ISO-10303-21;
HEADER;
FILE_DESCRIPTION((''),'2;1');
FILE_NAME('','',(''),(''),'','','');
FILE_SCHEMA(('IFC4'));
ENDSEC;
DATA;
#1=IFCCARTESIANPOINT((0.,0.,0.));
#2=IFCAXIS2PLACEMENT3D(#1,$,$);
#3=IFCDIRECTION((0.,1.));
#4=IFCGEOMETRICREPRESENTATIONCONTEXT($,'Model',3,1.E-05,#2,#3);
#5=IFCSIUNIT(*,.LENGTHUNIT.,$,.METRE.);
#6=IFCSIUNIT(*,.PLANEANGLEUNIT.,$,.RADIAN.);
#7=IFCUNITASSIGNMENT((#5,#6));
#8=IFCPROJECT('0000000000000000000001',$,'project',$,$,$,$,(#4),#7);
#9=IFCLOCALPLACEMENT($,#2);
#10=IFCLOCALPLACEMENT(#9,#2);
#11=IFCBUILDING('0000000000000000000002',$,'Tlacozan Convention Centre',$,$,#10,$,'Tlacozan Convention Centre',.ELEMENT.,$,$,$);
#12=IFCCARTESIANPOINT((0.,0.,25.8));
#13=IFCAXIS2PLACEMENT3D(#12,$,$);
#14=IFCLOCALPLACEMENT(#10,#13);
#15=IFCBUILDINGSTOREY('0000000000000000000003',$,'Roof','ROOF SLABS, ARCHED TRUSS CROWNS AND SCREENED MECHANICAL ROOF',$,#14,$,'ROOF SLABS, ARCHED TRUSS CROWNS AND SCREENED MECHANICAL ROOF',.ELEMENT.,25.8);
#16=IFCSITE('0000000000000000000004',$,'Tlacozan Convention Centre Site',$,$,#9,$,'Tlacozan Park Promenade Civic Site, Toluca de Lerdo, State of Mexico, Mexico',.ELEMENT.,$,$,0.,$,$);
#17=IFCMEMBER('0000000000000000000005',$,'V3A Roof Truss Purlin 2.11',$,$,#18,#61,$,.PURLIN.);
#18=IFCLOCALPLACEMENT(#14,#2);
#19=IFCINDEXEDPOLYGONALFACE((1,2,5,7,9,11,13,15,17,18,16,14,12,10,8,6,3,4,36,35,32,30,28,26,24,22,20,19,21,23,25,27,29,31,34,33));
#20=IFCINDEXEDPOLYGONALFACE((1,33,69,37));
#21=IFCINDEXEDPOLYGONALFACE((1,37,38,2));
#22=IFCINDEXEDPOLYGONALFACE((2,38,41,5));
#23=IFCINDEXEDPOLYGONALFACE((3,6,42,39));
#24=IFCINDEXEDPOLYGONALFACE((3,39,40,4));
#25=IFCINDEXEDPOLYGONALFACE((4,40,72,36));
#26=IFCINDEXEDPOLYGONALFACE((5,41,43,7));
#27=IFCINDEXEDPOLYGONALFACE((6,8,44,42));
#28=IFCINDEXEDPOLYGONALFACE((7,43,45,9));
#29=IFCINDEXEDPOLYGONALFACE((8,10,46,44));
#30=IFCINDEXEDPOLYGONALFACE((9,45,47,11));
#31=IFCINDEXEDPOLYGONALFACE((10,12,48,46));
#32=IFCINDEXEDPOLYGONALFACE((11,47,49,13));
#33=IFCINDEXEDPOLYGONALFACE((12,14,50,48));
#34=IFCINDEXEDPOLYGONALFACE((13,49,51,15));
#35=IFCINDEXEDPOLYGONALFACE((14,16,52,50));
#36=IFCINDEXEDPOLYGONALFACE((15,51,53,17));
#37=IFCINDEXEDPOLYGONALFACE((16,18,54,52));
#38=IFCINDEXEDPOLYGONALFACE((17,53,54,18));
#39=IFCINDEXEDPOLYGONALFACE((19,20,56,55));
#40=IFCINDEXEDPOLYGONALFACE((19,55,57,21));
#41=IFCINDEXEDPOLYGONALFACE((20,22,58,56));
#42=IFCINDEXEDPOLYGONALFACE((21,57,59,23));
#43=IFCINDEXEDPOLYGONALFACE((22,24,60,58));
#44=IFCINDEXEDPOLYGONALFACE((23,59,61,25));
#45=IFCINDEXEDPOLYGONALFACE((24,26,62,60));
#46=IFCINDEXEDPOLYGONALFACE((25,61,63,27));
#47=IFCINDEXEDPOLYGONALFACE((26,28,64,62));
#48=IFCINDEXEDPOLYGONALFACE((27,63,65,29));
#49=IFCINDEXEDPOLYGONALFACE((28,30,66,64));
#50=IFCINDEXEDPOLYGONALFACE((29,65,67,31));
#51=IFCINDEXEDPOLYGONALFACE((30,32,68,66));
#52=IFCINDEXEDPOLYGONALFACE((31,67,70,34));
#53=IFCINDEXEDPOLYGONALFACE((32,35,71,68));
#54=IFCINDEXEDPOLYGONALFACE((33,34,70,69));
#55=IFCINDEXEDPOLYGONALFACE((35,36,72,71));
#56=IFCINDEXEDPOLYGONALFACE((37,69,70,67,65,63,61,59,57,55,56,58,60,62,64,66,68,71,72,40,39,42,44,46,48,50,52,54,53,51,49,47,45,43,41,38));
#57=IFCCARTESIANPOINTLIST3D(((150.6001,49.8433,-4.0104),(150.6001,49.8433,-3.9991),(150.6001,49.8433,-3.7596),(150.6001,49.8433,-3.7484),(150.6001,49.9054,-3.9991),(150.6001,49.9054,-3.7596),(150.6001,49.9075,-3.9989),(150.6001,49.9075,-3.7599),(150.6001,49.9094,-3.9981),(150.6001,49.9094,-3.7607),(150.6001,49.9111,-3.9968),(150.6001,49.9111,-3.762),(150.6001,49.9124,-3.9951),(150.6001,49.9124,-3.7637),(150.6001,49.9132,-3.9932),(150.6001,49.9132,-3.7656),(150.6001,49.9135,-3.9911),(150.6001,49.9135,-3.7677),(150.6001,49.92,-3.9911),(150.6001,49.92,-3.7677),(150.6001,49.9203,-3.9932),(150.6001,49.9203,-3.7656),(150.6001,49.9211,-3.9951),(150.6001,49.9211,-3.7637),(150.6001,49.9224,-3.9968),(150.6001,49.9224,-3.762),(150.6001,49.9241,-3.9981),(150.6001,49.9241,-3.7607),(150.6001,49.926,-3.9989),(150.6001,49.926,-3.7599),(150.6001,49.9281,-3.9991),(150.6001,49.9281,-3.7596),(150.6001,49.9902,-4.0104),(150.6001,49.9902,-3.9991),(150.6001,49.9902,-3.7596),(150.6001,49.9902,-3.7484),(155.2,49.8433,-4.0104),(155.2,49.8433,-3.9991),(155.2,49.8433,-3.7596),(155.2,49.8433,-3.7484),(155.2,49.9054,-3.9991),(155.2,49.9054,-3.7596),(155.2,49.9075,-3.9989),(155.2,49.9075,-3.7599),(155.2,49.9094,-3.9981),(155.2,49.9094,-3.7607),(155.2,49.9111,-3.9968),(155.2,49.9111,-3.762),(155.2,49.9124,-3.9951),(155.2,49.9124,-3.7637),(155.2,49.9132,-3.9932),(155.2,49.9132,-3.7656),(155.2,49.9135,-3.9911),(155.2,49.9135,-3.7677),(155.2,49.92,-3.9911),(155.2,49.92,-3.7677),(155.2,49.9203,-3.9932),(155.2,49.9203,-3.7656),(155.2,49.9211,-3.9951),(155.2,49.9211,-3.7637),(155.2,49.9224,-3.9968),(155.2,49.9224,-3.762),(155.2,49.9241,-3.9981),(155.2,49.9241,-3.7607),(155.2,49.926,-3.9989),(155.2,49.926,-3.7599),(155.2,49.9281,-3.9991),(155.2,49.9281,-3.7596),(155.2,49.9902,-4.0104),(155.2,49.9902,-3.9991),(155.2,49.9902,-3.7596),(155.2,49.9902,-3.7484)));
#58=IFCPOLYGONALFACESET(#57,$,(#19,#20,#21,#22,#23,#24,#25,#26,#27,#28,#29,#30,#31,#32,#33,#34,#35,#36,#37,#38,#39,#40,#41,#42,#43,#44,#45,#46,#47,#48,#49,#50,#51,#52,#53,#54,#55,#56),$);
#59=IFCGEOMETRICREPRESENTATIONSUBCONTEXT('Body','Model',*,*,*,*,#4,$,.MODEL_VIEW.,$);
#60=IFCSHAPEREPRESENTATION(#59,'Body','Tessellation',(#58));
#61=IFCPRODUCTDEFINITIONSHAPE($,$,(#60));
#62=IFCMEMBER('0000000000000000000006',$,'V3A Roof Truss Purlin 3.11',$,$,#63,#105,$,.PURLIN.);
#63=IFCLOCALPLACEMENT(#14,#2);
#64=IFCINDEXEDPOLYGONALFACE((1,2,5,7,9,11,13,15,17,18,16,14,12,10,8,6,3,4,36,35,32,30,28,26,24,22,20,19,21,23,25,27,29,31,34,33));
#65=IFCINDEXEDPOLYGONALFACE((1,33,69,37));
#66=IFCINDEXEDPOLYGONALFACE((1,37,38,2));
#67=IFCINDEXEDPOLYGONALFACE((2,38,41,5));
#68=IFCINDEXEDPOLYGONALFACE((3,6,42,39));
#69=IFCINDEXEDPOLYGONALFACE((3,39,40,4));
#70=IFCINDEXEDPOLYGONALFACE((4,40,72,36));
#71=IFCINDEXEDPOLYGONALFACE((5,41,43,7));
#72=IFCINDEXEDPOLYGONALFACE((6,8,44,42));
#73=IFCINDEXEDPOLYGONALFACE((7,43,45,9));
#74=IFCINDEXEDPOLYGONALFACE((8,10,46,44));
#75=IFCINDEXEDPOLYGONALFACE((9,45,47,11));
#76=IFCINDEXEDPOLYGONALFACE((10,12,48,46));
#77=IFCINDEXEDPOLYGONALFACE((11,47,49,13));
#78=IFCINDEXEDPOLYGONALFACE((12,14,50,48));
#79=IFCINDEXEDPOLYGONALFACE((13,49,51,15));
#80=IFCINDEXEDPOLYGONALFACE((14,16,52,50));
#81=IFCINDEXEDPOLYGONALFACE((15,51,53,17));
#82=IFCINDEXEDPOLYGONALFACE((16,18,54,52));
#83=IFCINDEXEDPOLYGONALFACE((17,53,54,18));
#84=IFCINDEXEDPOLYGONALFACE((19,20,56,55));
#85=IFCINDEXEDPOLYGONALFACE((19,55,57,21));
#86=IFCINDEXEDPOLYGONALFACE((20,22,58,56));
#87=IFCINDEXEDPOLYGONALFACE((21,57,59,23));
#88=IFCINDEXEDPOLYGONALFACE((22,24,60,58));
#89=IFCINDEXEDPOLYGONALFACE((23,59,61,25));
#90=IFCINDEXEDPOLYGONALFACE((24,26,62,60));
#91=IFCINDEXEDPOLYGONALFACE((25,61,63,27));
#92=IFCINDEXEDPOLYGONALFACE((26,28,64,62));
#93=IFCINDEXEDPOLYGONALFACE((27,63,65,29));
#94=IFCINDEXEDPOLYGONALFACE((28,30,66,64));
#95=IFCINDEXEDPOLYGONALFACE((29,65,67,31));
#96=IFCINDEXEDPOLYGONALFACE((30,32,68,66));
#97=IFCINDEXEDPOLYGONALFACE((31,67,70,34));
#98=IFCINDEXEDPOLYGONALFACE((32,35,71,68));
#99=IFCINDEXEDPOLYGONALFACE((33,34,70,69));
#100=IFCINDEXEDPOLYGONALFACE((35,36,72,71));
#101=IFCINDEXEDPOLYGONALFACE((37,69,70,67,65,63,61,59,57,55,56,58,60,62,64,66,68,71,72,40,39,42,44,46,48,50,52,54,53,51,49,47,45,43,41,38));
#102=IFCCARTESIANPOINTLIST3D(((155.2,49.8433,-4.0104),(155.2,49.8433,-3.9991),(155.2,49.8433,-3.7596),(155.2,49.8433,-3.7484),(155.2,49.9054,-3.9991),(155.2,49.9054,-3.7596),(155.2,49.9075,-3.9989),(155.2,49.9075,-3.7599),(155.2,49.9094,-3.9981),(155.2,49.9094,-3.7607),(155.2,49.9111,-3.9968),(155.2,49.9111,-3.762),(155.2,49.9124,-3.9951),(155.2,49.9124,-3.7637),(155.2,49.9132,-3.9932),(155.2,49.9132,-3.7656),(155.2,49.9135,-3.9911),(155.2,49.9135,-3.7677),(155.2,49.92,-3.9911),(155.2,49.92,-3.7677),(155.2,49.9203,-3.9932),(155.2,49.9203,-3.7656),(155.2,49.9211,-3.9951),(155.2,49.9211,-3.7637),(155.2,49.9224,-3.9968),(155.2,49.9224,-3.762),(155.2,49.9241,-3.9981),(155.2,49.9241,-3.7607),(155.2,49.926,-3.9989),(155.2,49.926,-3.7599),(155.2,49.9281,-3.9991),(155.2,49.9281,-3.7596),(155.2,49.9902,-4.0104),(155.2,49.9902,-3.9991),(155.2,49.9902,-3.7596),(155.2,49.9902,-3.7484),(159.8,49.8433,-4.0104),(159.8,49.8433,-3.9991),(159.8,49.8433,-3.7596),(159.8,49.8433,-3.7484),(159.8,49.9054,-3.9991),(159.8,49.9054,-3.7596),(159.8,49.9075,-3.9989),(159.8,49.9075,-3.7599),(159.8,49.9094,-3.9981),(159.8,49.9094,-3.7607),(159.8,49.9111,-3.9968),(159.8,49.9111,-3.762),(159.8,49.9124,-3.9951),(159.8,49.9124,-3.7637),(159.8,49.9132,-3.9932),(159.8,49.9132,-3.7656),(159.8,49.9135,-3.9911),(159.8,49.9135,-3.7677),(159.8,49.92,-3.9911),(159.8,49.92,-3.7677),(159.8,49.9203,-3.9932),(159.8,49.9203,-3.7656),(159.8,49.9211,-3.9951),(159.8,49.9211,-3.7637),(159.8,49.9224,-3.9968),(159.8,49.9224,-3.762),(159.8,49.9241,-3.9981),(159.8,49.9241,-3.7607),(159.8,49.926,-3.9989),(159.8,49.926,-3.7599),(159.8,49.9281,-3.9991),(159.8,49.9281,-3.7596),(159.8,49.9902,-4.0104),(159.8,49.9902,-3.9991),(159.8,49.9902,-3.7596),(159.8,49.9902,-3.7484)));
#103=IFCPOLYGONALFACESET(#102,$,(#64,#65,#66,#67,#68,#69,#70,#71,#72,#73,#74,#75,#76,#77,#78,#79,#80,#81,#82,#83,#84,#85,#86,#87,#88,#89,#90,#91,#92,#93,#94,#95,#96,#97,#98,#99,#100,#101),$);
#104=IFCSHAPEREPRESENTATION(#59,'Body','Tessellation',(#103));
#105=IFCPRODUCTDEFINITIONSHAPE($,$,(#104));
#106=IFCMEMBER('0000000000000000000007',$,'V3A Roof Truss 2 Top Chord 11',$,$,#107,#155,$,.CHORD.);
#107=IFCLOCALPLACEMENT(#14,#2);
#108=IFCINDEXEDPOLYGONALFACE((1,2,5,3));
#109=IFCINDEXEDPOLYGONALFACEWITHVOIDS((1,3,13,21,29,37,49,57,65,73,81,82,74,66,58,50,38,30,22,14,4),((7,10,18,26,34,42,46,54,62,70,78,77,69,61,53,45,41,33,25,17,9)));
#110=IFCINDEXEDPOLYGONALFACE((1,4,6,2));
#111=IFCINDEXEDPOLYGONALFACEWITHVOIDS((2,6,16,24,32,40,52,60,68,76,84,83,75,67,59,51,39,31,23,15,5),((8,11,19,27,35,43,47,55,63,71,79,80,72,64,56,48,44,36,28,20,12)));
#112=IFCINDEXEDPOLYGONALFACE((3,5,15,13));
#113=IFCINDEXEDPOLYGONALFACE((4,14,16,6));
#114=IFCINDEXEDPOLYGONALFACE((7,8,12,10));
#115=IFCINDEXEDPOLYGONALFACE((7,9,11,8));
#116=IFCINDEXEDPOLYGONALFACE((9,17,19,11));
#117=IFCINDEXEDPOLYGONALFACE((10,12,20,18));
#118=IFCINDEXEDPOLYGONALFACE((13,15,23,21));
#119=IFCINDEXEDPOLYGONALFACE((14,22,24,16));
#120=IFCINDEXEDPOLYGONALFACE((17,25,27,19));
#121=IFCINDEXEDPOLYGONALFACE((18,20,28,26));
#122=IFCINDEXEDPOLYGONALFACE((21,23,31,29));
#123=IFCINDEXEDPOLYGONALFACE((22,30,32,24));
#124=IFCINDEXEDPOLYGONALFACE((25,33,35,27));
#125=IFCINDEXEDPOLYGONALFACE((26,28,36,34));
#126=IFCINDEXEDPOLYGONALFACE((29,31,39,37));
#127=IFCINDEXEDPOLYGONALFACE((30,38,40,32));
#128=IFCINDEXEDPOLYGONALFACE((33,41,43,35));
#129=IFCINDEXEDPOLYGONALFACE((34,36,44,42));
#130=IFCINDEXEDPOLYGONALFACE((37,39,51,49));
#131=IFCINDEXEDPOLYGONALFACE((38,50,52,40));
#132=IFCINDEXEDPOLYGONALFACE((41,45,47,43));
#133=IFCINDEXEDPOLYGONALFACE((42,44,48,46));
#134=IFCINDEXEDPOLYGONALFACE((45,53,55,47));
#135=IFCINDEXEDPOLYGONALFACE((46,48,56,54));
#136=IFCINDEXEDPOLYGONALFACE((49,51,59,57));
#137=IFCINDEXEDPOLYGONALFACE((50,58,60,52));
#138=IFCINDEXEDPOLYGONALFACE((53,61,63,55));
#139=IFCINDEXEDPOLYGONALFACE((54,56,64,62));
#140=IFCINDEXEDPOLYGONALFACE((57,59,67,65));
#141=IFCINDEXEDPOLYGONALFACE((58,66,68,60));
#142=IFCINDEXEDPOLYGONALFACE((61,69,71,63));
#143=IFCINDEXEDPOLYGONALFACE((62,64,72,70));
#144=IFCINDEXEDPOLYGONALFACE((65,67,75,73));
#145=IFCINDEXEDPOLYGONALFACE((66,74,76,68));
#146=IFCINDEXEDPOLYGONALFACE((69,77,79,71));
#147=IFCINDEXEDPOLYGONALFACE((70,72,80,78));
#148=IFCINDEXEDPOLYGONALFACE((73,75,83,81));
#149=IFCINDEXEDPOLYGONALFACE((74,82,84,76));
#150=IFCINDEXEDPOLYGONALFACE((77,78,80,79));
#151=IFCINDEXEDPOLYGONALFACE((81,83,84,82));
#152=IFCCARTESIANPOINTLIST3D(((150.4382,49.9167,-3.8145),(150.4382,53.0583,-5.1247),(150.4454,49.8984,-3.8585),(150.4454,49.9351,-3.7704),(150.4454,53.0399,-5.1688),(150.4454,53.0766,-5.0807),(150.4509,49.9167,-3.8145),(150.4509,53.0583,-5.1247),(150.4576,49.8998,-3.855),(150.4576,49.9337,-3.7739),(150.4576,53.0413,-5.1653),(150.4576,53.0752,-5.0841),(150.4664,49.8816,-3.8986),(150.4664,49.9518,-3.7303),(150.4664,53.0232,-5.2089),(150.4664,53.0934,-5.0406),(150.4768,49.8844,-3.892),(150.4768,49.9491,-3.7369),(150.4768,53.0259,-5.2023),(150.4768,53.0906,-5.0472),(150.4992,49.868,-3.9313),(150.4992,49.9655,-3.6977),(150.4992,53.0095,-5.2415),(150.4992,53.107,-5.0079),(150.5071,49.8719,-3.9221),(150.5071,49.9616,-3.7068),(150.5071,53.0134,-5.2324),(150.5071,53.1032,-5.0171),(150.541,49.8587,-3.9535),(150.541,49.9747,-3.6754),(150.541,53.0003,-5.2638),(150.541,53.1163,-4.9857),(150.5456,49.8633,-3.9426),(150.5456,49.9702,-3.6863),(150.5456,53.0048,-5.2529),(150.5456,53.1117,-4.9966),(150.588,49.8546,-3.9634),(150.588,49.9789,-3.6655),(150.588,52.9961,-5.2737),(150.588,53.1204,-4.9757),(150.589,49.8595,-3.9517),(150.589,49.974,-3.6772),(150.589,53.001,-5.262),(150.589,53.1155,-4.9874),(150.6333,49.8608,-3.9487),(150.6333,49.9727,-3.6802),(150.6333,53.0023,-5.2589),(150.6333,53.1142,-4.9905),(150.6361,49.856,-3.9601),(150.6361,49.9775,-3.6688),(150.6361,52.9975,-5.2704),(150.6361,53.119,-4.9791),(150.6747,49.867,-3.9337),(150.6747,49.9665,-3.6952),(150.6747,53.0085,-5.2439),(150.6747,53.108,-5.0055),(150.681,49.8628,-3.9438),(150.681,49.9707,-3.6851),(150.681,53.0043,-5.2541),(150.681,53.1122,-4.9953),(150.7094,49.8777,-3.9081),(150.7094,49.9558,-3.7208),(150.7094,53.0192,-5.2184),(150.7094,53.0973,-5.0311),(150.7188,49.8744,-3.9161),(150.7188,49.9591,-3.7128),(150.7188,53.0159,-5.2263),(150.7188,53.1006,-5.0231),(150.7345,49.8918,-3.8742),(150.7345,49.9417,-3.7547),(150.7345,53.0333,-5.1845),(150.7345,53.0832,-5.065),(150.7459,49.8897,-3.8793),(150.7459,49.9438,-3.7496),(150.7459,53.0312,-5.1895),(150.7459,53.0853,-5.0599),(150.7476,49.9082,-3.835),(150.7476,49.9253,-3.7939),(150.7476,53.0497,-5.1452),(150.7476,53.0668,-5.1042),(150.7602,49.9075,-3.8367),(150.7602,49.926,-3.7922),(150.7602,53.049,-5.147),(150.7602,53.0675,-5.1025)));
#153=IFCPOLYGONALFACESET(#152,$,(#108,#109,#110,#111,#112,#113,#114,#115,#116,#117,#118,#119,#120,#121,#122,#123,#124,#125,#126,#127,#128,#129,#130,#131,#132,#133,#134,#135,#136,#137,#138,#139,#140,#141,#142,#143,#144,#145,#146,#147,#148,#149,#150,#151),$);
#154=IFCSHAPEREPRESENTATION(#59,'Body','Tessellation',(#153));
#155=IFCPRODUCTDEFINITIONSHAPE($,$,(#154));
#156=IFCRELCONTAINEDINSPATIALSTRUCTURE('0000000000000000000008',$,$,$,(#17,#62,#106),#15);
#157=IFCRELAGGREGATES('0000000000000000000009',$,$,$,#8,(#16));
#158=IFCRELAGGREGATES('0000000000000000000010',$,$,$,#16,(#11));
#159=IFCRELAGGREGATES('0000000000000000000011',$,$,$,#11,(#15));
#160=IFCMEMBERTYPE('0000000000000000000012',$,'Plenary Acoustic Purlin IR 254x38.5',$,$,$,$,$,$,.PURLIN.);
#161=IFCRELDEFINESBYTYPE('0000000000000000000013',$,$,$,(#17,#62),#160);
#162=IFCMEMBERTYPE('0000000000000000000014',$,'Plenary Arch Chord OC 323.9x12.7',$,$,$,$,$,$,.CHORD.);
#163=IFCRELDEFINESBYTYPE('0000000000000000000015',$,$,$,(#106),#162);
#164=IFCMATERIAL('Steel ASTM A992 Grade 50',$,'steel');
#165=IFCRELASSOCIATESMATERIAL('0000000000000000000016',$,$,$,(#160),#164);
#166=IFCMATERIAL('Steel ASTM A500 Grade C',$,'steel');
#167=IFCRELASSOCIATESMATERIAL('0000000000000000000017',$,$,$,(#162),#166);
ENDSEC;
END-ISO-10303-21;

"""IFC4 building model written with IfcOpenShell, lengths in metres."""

from ifc_helpers import new_model, si_unit, direction, frame, origin, origin_2d, place, context, subcontext, project, spatial, hollow_circle, i_section, extrude, material, material_profile, profile_set, type_object, element, save


model = new_model("IFC4")

# Units and contexts
model_context = context("Model", 3, precision=1e-05, world=origin(), true_north=direction((0.0, 1.0)))
body_context = subcontext(model_context, "Body", "Model", "MODEL_VIEW")
ifc_project = project(units=[si_unit("LENGTHUNIT", "METRE"), si_unit("PLANEANGLEUNIT", "RADIAN")], contexts=[model_context])

# Site, building, storey
site_placement = place(None, origin())
site = spatial("IfcSite", under=ifc_project, at=site_placement, Name="Tlacozan Convention Centre Site", LongName="Tlacozan Park Promenade Civic Site, Toluca de Lerdo, State of Mexico, Mexico", CompositionType="ELEMENT", RefElevation=0.0)
building_placement = place(site_placement, origin())
building = spatial("IfcBuilding", under=site, at=building_placement, Name="Tlacozan Convention Centre", LongName="Tlacozan Convention Centre", CompositionType="ELEMENT")
storey_placement = place(building_placement, frame((0.0, 0.0, 25.8)))
storey = spatial("IfcBuildingStorey", under=building, at=storey_placement, Name="Roof", Description="ROOF SLABS, ARCHED TRUSS CROWNS AND SCREENED MECHANICAL ROOF", LongName="ROOF SLABS, ARCHED TRUSS CROWNS AND SCREENED MECHANICAL ROOF", CompositionType="ELEMENT", Elevation=25.8)

# Members
ifc_material_1 = material(Name="Steel ASTM A992 Grade 50", Category="steel")
ifc_material_profile_1 = material_profile(ifc_material_1, i_section(OverallWidth=0.147, OverallDepth=0.262, WebThickness=0.0066, FlangeThickness=0.0112, FilletRadius=0.0081, at=origin_2d()), Name="IR 254x38.5")
ifc_profile_set_1 = profile_set([ifc_material_profile_1], Name="Steel ASTM A992 Grade 50")
member_type_1 = type_object("IfcMemberType", Name="Plenary Acoustic Purlin IR 254x38.5", PredefinedType="PURLIN", material=ifc_profile_set_1)
member_1_placement = place(storey_placement, frame((150.6001, 49.9167, -3.8794), z_axis=(1.0, 0.0, 0.0), x_axis=(0.0, 1.0, 0.0)))
element("IfcMember", 1, at=member_1_placement, inside=storey, type_object=member_type_1, Name="V3A Roof Truss Purlin 2.11", PredefinedType="PURLIN", context=body_context, shape_type="SweptSolid", body=[
    extrude(i_section(OverallWidth=0.147, OverallDepth=0.262, WebThickness=0.0066, FlangeThickness=0.0112, FilletRadius=0.0081, at=origin_2d()), origin(), (0.0, 0.0, 1.0), 4.5999),
])
member_2_placement = place(storey_placement, frame((155.2, 49.9167, -3.8794), z_axis=(1.0, 0.0, 0.0), x_axis=(0.0, 1.0, 0.0)))
element("IfcMember", 2, at=member_2_placement, inside=storey, type_object=member_type_1, Name="V3A Roof Truss Purlin 3.11", PredefinedType="PURLIN", context=body_context, shape_type="SweptSolid", body=[
    extrude(i_section(OverallWidth=0.147, OverallDepth=0.262, WebThickness=0.0066, FlangeThickness=0.0112, FilletRadius=0.0081, at=origin_2d()), origin(), (0.0, 0.0, 1.0), 4.6001),
])
ifc_material_2 = material(Name="Steel ASTM A500 Grade C", Category="steel")
ifc_material_profile_2 = material_profile(ifc_material_2, hollow_circle(Radius=0.1619, WallThickness=0.0127, at=origin_2d()), Name="OC 323.9x12.7")
ifc_profile_set_2 = profile_set([ifc_material_profile_2], Name="Steel ASTM A500 Grade C")
member_type_2 = type_object("IfcMemberType", Name="Plenary Arch Chord OC 323.9x12.7", PredefinedType="CHORD", material=ifc_profile_set_2)
for number, where, z_axis, x_axis, name in (
    (3, (150.6001, 49.9167, -3.8145), (0.0, 0.922941, -0.384941), (-1.0, 0.0, 0.0), "V3A Roof Truss 2 Top Chord 11"),
):
    element("IfcMember", number, at=place(storey_placement, frame(where, z_axis=z_axis, x_axis=x_axis)), inside=storey, type_object=member_type_2, Name=name, PredefinedType="CHORD", context=body_context, shape_type="SweptSolid", body=[
        extrude(hollow_circle(Radius=0.1619, WallThickness=0.0127, at=origin_2d()), origin(), (0.0, 0.0, 1.0), 3.4038),
    ])

save(model, "model.ifc")
